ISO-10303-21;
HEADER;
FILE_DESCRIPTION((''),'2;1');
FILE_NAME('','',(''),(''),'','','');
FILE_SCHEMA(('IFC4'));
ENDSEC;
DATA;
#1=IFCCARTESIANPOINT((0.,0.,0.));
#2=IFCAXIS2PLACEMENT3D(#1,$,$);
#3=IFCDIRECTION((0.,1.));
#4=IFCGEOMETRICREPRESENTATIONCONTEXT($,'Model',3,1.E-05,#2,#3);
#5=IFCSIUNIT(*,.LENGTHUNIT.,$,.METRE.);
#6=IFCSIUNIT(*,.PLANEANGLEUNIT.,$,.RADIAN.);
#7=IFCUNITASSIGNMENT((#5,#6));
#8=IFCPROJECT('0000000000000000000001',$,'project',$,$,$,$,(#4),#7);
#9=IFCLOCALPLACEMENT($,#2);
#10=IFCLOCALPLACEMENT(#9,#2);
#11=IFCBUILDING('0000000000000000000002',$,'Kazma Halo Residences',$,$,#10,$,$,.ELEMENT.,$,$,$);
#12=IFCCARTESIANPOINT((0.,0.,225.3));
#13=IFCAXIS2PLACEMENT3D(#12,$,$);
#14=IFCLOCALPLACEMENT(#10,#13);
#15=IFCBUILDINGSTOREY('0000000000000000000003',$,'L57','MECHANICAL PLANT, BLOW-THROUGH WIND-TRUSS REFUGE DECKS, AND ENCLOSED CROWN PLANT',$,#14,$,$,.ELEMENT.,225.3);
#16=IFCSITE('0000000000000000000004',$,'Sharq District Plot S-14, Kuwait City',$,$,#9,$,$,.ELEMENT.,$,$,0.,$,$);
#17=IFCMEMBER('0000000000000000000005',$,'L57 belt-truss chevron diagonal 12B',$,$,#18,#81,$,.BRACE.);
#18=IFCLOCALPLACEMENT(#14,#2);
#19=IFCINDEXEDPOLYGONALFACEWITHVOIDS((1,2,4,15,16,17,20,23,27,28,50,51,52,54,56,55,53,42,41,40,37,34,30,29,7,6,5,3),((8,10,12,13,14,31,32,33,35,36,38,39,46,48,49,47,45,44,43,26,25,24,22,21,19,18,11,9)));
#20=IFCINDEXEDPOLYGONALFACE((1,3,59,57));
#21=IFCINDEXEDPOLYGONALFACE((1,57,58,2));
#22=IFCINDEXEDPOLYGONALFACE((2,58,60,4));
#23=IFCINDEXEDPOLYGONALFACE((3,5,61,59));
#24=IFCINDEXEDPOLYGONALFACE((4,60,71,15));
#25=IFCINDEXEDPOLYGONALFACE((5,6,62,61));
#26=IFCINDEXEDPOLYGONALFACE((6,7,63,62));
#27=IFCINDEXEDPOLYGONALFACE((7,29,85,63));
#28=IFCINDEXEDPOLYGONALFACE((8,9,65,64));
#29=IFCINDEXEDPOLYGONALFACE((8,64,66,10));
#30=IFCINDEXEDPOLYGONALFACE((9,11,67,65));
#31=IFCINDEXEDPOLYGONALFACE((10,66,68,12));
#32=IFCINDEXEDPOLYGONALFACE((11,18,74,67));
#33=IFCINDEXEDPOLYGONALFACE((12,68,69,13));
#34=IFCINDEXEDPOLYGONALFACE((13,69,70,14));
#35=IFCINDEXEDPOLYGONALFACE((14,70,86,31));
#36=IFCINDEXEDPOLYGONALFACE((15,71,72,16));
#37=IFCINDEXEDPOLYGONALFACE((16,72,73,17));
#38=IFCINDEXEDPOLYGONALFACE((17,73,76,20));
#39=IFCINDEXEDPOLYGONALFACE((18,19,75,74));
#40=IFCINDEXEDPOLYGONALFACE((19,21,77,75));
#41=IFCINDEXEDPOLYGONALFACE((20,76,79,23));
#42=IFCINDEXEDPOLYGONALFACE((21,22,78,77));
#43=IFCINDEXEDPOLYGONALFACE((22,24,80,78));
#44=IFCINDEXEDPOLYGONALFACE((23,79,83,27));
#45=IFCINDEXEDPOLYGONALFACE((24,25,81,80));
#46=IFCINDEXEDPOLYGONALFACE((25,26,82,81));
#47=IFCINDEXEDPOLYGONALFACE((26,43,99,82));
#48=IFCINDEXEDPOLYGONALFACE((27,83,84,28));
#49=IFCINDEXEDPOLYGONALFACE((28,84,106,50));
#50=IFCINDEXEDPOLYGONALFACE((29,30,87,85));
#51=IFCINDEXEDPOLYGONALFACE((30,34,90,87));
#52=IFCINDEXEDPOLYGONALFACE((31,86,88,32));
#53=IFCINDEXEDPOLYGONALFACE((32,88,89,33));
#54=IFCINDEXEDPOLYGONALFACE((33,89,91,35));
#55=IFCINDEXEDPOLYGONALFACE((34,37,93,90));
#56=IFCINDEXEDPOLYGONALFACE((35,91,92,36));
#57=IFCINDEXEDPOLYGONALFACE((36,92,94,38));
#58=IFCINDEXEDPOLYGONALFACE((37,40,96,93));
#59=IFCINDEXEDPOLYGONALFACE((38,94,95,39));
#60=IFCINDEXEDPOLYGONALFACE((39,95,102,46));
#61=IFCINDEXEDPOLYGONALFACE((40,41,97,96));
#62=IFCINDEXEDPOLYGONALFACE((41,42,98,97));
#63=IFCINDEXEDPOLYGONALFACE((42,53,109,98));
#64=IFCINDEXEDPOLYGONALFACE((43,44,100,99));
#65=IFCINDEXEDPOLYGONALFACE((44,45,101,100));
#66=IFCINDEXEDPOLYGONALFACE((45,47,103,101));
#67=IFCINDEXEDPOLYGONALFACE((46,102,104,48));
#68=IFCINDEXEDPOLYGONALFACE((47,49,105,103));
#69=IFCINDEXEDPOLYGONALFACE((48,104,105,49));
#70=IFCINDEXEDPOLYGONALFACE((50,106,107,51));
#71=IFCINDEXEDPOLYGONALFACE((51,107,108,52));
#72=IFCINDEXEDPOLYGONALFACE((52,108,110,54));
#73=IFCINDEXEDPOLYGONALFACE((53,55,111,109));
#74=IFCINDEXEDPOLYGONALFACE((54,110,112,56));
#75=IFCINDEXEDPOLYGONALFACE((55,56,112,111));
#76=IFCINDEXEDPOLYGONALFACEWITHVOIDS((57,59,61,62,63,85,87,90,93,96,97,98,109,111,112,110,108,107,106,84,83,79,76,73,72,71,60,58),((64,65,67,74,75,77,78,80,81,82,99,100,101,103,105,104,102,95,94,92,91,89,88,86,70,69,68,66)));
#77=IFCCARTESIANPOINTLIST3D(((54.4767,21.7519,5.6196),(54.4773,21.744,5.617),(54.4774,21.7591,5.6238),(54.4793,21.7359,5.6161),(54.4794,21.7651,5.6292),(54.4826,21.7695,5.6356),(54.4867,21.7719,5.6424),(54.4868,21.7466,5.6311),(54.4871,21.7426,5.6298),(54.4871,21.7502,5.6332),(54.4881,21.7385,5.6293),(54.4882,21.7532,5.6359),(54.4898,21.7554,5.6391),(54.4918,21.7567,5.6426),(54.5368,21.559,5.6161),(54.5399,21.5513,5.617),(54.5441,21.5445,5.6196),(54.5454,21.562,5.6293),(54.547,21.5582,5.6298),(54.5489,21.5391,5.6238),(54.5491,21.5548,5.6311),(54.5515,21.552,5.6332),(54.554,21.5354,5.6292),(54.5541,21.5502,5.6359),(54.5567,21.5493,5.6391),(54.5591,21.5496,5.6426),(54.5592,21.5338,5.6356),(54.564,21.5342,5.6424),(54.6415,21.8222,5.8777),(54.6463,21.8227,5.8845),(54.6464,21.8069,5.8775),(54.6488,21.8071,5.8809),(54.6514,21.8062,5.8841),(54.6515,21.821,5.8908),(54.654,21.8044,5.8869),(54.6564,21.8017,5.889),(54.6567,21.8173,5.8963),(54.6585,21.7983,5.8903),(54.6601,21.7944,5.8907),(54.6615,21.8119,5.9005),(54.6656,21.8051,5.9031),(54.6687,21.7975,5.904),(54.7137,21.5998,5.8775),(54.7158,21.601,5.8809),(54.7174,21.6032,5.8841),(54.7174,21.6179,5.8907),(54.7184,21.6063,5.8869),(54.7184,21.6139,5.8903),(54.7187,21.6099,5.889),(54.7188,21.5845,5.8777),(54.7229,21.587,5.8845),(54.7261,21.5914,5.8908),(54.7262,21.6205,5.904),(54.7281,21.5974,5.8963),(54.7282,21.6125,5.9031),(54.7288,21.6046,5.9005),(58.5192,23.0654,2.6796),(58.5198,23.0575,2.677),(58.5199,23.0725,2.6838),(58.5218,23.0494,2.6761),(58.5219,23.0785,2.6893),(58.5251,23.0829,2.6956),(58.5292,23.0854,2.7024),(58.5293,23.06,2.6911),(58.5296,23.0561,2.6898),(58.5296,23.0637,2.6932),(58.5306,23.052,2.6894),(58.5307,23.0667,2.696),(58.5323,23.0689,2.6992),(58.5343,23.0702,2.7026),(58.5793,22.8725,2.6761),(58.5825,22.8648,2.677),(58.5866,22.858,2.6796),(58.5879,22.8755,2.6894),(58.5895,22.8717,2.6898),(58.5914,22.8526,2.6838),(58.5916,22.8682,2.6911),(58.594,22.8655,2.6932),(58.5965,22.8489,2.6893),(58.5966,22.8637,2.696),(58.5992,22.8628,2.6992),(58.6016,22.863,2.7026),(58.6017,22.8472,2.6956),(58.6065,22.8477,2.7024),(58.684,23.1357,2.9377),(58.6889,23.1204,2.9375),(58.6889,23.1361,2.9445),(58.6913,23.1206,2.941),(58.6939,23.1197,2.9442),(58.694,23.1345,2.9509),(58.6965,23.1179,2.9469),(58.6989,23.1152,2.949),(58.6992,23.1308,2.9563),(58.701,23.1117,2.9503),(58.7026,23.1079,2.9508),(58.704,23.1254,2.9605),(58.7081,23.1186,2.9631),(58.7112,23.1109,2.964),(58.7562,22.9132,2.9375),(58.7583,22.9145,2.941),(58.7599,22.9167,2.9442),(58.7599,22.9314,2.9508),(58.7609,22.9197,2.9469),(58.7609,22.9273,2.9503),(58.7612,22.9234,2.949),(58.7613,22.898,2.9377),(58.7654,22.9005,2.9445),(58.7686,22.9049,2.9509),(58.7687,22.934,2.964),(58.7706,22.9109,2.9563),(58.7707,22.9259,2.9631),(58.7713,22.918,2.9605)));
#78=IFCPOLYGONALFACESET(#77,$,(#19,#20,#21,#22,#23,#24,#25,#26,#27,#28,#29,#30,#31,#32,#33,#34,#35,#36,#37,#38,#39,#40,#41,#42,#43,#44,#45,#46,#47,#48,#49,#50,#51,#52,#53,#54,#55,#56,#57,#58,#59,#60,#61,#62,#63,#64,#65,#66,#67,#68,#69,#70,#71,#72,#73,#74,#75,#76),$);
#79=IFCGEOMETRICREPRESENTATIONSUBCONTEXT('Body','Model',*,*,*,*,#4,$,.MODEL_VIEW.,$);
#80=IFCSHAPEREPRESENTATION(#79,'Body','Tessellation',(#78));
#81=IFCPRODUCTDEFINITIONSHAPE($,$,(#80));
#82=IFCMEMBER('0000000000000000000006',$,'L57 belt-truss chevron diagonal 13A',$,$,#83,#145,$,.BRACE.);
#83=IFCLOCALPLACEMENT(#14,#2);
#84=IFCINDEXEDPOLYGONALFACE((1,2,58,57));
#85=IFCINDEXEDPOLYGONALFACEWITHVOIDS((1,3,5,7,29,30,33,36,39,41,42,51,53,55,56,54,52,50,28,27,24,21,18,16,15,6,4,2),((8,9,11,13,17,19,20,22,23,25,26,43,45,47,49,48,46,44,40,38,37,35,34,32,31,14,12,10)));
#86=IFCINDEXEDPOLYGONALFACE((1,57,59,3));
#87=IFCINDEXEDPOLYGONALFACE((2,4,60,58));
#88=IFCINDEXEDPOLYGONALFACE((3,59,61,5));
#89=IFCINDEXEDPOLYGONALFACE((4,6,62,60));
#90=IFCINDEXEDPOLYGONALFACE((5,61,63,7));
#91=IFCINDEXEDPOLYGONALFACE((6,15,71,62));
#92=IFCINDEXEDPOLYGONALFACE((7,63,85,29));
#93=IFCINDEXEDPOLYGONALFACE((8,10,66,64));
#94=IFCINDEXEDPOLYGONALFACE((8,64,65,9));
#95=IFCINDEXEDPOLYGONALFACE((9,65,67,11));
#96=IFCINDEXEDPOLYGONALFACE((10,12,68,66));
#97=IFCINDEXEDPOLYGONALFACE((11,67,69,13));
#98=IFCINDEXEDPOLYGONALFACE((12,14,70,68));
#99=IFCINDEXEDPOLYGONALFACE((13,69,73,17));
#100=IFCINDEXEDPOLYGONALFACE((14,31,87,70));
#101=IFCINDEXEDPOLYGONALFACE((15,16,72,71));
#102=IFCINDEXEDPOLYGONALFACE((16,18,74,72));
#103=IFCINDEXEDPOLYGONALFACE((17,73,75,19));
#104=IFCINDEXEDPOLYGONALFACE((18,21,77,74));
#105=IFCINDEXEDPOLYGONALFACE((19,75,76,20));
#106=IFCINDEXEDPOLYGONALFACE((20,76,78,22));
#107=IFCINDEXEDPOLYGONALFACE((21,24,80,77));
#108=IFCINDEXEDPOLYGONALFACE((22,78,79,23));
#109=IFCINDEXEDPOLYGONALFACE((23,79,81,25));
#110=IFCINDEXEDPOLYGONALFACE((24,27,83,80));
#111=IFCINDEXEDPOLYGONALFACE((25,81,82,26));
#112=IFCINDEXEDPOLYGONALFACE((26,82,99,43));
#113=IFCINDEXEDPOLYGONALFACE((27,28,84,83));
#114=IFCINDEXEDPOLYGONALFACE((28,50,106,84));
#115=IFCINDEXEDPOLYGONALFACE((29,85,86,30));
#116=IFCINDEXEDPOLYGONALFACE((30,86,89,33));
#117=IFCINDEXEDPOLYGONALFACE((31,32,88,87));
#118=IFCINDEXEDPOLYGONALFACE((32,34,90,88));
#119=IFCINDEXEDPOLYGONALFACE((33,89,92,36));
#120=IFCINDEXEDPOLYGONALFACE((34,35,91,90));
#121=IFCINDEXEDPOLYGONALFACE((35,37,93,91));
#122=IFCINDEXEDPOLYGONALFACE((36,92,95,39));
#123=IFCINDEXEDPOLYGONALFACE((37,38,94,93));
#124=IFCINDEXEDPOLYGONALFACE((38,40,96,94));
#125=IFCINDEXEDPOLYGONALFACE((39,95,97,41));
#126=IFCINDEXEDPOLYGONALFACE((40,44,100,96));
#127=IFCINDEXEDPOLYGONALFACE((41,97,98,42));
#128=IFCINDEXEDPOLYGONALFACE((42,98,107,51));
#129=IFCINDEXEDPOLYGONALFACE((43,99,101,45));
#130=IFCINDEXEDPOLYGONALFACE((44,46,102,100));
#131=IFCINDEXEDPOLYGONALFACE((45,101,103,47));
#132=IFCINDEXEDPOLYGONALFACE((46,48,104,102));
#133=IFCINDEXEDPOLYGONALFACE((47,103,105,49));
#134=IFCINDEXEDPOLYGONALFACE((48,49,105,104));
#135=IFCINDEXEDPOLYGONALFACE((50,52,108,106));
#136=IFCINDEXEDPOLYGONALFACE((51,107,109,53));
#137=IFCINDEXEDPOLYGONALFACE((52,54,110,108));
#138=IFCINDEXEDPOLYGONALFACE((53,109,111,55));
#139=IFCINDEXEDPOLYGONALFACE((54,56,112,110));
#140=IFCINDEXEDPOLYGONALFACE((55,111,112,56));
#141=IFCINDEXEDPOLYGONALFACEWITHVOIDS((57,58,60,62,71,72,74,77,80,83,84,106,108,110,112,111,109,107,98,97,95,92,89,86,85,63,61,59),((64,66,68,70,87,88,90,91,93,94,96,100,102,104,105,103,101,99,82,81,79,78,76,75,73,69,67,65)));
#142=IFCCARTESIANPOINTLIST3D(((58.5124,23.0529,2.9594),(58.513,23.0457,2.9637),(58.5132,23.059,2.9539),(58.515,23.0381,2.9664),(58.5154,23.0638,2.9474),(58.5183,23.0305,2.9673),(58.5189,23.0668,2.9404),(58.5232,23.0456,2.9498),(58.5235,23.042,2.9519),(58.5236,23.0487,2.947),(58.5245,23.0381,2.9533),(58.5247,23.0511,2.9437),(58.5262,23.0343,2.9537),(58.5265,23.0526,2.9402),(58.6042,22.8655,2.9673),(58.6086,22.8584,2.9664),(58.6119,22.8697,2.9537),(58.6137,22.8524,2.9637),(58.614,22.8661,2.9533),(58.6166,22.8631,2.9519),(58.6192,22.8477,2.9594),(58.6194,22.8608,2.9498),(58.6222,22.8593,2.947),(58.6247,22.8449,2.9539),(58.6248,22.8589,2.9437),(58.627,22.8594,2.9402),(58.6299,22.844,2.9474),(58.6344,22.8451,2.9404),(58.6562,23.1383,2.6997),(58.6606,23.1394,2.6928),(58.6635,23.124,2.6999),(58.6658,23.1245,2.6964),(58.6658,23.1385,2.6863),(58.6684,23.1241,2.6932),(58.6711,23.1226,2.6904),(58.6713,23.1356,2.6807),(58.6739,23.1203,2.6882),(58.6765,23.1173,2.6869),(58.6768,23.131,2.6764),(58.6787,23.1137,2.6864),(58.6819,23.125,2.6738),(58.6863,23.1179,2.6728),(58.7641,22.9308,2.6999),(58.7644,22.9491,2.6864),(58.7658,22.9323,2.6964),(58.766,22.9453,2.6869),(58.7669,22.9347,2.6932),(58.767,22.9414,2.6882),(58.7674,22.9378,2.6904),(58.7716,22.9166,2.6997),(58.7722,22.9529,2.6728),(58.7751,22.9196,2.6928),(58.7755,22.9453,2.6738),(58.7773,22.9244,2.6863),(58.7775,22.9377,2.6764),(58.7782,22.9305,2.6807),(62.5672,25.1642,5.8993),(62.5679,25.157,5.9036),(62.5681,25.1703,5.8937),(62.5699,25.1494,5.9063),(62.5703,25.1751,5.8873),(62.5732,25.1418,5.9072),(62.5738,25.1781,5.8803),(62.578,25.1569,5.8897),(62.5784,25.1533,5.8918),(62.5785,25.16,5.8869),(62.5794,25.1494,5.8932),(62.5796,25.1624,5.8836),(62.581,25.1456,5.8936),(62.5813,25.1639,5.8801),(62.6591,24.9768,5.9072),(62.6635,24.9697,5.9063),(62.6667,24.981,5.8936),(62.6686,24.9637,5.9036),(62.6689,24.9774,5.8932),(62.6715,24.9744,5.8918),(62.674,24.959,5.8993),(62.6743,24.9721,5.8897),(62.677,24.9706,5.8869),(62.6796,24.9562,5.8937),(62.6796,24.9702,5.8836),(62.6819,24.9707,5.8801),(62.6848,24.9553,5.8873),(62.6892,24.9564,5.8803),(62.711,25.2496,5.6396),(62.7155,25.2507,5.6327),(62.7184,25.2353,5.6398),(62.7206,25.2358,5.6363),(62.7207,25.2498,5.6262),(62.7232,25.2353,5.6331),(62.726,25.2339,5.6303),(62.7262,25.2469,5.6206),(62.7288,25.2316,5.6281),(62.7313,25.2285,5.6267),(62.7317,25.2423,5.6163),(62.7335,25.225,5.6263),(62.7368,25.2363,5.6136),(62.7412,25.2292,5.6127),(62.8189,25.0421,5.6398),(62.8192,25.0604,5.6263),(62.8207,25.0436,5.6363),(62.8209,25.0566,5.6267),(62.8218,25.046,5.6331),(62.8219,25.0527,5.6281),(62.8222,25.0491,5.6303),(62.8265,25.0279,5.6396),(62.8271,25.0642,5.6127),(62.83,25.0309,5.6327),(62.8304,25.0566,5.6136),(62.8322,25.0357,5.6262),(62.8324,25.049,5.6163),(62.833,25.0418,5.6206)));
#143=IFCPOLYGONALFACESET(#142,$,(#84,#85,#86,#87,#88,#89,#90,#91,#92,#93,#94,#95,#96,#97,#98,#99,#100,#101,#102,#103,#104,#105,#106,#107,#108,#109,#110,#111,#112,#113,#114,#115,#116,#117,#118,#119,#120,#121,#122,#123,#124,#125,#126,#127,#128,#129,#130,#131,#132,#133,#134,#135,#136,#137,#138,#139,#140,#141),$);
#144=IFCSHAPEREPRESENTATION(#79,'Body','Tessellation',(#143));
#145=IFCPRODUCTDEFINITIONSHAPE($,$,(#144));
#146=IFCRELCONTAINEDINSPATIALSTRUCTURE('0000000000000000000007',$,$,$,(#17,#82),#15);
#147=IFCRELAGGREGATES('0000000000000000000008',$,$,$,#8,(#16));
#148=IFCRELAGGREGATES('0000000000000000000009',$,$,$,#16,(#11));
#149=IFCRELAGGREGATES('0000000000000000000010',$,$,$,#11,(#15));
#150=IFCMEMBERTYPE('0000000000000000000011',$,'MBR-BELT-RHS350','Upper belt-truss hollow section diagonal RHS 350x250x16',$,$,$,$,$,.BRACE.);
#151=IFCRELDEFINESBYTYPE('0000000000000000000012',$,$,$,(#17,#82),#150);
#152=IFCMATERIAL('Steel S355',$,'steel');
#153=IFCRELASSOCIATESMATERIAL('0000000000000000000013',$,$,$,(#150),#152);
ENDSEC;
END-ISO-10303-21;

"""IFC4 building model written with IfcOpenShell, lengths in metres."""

from ifc_helpers import new_model, si_unit, direction, frame, origin, origin_2d, place, context, subcontext, project, spatial, hollow_rectangle, extrude, material, material_profile, profile_set, type_object, element, save


model = new_model("IFC4")

# Units and contexts
model_context = context("Model", 3, precision=1e-05, world=origin(), true_north=direction((0.0, 1.0)))
body_context = subcontext(model_context, "Body", "Model", "MODEL_VIEW")
ifc_project = project(units=[si_unit("LENGTHUNIT", "METRE"), si_unit("PLANEANGLEUNIT", "RADIAN")], contexts=[model_context])

# Site, building, storey
site_placement = place(None, origin())
site = spatial("IfcSite", under=ifc_project, at=site_placement, Name="Sharq District Plot S-14, Kuwait City", CompositionType="ELEMENT", RefElevation=0.0)
building_placement = place(site_placement, origin())
building = spatial("IfcBuilding", under=site, at=building_placement, Name="Kazma Halo Residences", CompositionType="ELEMENT")
storey_placement = place(building_placement, frame((0.0, 0.0, 225.3)))
storey = spatial("IfcBuildingStorey", under=building, at=storey_placement, Name="L57", Description="MECHANICAL PLANT, BLOW-THROUGH WIND-TRUSS REFUGE DECKS, AND ENCLOSED CROWN PLANT", CompositionType="ELEMENT", Elevation=225.3)

# Shared definitions
ifc_material_1 = material(Name="Steel S355", Category="steel")

# Members
ifc_material_profile_1 = material_profile(ifc_material_1, hollow_rectangle(XDim=0.25, YDim=0.3501, WallThickness=0.0161, InnerFilletRadius=0.0161, OuterFilletRadius=0.032, at=origin_2d()), Name="RHS350x250x16")
ifc_profile_set_1 = profile_set([ifc_material_profile_1], Name="Steel S355")
member_type_1 = type_object("IfcMemberType", Name="MBR-BELT-RHS350", Description="Upper belt-truss hollow section diagonal RHS 350x250x16", PredefinedType="BRACE", material=ifc_profile_set_1)
member_1_placement = place(storey_placement, frame((58.6453, 22.9917, 2.8201), z_axis=(-0.782186, -0.254147, 0.568854), x_axis=(0.309016, -0.951057, 0.0)))
element("IfcMember", 1, at=member_1_placement, inside=storey, type_object=member_type_1, Name="L57 belt-truss chevron diagonal 12B", PredefinedType="BRACE", context=body_context, shape_type="SweptSolid", body=[
    extrude(hollow_rectangle(XDim=0.25, YDim=0.3501, WallThickness=0.0161, InnerFilletRadius=0.0161, OuterFilletRadius=0.032, at=origin_2d()), origin(), (0.0, 0.0, 1.0), 5.1682),
])
member_2_placement = place(storey_placement, frame((58.6453, 22.9917, 2.8201), z_axis=(0.746024, 0.388441, 0.540889), x_axis=(-0.461829, 0.886969, 0.0)))
element("IfcMember", 2, at=member_2_placement, inside=storey, type_object=member_type_1, Name="L57 belt-truss chevron diagonal 13A", PredefinedType="BRACE", context=body_context, shape_type="SweptSolid", body=[
    extrude(hollow_rectangle(XDim=0.25, YDim=0.3501, WallThickness=0.0161, InnerFilletRadius=0.0161, OuterFilletRadius=0.032, at=origin_2d()), origin(), (0.0, 0.0, 1.0), 5.4353),
])

save(model, "model.ifc")
